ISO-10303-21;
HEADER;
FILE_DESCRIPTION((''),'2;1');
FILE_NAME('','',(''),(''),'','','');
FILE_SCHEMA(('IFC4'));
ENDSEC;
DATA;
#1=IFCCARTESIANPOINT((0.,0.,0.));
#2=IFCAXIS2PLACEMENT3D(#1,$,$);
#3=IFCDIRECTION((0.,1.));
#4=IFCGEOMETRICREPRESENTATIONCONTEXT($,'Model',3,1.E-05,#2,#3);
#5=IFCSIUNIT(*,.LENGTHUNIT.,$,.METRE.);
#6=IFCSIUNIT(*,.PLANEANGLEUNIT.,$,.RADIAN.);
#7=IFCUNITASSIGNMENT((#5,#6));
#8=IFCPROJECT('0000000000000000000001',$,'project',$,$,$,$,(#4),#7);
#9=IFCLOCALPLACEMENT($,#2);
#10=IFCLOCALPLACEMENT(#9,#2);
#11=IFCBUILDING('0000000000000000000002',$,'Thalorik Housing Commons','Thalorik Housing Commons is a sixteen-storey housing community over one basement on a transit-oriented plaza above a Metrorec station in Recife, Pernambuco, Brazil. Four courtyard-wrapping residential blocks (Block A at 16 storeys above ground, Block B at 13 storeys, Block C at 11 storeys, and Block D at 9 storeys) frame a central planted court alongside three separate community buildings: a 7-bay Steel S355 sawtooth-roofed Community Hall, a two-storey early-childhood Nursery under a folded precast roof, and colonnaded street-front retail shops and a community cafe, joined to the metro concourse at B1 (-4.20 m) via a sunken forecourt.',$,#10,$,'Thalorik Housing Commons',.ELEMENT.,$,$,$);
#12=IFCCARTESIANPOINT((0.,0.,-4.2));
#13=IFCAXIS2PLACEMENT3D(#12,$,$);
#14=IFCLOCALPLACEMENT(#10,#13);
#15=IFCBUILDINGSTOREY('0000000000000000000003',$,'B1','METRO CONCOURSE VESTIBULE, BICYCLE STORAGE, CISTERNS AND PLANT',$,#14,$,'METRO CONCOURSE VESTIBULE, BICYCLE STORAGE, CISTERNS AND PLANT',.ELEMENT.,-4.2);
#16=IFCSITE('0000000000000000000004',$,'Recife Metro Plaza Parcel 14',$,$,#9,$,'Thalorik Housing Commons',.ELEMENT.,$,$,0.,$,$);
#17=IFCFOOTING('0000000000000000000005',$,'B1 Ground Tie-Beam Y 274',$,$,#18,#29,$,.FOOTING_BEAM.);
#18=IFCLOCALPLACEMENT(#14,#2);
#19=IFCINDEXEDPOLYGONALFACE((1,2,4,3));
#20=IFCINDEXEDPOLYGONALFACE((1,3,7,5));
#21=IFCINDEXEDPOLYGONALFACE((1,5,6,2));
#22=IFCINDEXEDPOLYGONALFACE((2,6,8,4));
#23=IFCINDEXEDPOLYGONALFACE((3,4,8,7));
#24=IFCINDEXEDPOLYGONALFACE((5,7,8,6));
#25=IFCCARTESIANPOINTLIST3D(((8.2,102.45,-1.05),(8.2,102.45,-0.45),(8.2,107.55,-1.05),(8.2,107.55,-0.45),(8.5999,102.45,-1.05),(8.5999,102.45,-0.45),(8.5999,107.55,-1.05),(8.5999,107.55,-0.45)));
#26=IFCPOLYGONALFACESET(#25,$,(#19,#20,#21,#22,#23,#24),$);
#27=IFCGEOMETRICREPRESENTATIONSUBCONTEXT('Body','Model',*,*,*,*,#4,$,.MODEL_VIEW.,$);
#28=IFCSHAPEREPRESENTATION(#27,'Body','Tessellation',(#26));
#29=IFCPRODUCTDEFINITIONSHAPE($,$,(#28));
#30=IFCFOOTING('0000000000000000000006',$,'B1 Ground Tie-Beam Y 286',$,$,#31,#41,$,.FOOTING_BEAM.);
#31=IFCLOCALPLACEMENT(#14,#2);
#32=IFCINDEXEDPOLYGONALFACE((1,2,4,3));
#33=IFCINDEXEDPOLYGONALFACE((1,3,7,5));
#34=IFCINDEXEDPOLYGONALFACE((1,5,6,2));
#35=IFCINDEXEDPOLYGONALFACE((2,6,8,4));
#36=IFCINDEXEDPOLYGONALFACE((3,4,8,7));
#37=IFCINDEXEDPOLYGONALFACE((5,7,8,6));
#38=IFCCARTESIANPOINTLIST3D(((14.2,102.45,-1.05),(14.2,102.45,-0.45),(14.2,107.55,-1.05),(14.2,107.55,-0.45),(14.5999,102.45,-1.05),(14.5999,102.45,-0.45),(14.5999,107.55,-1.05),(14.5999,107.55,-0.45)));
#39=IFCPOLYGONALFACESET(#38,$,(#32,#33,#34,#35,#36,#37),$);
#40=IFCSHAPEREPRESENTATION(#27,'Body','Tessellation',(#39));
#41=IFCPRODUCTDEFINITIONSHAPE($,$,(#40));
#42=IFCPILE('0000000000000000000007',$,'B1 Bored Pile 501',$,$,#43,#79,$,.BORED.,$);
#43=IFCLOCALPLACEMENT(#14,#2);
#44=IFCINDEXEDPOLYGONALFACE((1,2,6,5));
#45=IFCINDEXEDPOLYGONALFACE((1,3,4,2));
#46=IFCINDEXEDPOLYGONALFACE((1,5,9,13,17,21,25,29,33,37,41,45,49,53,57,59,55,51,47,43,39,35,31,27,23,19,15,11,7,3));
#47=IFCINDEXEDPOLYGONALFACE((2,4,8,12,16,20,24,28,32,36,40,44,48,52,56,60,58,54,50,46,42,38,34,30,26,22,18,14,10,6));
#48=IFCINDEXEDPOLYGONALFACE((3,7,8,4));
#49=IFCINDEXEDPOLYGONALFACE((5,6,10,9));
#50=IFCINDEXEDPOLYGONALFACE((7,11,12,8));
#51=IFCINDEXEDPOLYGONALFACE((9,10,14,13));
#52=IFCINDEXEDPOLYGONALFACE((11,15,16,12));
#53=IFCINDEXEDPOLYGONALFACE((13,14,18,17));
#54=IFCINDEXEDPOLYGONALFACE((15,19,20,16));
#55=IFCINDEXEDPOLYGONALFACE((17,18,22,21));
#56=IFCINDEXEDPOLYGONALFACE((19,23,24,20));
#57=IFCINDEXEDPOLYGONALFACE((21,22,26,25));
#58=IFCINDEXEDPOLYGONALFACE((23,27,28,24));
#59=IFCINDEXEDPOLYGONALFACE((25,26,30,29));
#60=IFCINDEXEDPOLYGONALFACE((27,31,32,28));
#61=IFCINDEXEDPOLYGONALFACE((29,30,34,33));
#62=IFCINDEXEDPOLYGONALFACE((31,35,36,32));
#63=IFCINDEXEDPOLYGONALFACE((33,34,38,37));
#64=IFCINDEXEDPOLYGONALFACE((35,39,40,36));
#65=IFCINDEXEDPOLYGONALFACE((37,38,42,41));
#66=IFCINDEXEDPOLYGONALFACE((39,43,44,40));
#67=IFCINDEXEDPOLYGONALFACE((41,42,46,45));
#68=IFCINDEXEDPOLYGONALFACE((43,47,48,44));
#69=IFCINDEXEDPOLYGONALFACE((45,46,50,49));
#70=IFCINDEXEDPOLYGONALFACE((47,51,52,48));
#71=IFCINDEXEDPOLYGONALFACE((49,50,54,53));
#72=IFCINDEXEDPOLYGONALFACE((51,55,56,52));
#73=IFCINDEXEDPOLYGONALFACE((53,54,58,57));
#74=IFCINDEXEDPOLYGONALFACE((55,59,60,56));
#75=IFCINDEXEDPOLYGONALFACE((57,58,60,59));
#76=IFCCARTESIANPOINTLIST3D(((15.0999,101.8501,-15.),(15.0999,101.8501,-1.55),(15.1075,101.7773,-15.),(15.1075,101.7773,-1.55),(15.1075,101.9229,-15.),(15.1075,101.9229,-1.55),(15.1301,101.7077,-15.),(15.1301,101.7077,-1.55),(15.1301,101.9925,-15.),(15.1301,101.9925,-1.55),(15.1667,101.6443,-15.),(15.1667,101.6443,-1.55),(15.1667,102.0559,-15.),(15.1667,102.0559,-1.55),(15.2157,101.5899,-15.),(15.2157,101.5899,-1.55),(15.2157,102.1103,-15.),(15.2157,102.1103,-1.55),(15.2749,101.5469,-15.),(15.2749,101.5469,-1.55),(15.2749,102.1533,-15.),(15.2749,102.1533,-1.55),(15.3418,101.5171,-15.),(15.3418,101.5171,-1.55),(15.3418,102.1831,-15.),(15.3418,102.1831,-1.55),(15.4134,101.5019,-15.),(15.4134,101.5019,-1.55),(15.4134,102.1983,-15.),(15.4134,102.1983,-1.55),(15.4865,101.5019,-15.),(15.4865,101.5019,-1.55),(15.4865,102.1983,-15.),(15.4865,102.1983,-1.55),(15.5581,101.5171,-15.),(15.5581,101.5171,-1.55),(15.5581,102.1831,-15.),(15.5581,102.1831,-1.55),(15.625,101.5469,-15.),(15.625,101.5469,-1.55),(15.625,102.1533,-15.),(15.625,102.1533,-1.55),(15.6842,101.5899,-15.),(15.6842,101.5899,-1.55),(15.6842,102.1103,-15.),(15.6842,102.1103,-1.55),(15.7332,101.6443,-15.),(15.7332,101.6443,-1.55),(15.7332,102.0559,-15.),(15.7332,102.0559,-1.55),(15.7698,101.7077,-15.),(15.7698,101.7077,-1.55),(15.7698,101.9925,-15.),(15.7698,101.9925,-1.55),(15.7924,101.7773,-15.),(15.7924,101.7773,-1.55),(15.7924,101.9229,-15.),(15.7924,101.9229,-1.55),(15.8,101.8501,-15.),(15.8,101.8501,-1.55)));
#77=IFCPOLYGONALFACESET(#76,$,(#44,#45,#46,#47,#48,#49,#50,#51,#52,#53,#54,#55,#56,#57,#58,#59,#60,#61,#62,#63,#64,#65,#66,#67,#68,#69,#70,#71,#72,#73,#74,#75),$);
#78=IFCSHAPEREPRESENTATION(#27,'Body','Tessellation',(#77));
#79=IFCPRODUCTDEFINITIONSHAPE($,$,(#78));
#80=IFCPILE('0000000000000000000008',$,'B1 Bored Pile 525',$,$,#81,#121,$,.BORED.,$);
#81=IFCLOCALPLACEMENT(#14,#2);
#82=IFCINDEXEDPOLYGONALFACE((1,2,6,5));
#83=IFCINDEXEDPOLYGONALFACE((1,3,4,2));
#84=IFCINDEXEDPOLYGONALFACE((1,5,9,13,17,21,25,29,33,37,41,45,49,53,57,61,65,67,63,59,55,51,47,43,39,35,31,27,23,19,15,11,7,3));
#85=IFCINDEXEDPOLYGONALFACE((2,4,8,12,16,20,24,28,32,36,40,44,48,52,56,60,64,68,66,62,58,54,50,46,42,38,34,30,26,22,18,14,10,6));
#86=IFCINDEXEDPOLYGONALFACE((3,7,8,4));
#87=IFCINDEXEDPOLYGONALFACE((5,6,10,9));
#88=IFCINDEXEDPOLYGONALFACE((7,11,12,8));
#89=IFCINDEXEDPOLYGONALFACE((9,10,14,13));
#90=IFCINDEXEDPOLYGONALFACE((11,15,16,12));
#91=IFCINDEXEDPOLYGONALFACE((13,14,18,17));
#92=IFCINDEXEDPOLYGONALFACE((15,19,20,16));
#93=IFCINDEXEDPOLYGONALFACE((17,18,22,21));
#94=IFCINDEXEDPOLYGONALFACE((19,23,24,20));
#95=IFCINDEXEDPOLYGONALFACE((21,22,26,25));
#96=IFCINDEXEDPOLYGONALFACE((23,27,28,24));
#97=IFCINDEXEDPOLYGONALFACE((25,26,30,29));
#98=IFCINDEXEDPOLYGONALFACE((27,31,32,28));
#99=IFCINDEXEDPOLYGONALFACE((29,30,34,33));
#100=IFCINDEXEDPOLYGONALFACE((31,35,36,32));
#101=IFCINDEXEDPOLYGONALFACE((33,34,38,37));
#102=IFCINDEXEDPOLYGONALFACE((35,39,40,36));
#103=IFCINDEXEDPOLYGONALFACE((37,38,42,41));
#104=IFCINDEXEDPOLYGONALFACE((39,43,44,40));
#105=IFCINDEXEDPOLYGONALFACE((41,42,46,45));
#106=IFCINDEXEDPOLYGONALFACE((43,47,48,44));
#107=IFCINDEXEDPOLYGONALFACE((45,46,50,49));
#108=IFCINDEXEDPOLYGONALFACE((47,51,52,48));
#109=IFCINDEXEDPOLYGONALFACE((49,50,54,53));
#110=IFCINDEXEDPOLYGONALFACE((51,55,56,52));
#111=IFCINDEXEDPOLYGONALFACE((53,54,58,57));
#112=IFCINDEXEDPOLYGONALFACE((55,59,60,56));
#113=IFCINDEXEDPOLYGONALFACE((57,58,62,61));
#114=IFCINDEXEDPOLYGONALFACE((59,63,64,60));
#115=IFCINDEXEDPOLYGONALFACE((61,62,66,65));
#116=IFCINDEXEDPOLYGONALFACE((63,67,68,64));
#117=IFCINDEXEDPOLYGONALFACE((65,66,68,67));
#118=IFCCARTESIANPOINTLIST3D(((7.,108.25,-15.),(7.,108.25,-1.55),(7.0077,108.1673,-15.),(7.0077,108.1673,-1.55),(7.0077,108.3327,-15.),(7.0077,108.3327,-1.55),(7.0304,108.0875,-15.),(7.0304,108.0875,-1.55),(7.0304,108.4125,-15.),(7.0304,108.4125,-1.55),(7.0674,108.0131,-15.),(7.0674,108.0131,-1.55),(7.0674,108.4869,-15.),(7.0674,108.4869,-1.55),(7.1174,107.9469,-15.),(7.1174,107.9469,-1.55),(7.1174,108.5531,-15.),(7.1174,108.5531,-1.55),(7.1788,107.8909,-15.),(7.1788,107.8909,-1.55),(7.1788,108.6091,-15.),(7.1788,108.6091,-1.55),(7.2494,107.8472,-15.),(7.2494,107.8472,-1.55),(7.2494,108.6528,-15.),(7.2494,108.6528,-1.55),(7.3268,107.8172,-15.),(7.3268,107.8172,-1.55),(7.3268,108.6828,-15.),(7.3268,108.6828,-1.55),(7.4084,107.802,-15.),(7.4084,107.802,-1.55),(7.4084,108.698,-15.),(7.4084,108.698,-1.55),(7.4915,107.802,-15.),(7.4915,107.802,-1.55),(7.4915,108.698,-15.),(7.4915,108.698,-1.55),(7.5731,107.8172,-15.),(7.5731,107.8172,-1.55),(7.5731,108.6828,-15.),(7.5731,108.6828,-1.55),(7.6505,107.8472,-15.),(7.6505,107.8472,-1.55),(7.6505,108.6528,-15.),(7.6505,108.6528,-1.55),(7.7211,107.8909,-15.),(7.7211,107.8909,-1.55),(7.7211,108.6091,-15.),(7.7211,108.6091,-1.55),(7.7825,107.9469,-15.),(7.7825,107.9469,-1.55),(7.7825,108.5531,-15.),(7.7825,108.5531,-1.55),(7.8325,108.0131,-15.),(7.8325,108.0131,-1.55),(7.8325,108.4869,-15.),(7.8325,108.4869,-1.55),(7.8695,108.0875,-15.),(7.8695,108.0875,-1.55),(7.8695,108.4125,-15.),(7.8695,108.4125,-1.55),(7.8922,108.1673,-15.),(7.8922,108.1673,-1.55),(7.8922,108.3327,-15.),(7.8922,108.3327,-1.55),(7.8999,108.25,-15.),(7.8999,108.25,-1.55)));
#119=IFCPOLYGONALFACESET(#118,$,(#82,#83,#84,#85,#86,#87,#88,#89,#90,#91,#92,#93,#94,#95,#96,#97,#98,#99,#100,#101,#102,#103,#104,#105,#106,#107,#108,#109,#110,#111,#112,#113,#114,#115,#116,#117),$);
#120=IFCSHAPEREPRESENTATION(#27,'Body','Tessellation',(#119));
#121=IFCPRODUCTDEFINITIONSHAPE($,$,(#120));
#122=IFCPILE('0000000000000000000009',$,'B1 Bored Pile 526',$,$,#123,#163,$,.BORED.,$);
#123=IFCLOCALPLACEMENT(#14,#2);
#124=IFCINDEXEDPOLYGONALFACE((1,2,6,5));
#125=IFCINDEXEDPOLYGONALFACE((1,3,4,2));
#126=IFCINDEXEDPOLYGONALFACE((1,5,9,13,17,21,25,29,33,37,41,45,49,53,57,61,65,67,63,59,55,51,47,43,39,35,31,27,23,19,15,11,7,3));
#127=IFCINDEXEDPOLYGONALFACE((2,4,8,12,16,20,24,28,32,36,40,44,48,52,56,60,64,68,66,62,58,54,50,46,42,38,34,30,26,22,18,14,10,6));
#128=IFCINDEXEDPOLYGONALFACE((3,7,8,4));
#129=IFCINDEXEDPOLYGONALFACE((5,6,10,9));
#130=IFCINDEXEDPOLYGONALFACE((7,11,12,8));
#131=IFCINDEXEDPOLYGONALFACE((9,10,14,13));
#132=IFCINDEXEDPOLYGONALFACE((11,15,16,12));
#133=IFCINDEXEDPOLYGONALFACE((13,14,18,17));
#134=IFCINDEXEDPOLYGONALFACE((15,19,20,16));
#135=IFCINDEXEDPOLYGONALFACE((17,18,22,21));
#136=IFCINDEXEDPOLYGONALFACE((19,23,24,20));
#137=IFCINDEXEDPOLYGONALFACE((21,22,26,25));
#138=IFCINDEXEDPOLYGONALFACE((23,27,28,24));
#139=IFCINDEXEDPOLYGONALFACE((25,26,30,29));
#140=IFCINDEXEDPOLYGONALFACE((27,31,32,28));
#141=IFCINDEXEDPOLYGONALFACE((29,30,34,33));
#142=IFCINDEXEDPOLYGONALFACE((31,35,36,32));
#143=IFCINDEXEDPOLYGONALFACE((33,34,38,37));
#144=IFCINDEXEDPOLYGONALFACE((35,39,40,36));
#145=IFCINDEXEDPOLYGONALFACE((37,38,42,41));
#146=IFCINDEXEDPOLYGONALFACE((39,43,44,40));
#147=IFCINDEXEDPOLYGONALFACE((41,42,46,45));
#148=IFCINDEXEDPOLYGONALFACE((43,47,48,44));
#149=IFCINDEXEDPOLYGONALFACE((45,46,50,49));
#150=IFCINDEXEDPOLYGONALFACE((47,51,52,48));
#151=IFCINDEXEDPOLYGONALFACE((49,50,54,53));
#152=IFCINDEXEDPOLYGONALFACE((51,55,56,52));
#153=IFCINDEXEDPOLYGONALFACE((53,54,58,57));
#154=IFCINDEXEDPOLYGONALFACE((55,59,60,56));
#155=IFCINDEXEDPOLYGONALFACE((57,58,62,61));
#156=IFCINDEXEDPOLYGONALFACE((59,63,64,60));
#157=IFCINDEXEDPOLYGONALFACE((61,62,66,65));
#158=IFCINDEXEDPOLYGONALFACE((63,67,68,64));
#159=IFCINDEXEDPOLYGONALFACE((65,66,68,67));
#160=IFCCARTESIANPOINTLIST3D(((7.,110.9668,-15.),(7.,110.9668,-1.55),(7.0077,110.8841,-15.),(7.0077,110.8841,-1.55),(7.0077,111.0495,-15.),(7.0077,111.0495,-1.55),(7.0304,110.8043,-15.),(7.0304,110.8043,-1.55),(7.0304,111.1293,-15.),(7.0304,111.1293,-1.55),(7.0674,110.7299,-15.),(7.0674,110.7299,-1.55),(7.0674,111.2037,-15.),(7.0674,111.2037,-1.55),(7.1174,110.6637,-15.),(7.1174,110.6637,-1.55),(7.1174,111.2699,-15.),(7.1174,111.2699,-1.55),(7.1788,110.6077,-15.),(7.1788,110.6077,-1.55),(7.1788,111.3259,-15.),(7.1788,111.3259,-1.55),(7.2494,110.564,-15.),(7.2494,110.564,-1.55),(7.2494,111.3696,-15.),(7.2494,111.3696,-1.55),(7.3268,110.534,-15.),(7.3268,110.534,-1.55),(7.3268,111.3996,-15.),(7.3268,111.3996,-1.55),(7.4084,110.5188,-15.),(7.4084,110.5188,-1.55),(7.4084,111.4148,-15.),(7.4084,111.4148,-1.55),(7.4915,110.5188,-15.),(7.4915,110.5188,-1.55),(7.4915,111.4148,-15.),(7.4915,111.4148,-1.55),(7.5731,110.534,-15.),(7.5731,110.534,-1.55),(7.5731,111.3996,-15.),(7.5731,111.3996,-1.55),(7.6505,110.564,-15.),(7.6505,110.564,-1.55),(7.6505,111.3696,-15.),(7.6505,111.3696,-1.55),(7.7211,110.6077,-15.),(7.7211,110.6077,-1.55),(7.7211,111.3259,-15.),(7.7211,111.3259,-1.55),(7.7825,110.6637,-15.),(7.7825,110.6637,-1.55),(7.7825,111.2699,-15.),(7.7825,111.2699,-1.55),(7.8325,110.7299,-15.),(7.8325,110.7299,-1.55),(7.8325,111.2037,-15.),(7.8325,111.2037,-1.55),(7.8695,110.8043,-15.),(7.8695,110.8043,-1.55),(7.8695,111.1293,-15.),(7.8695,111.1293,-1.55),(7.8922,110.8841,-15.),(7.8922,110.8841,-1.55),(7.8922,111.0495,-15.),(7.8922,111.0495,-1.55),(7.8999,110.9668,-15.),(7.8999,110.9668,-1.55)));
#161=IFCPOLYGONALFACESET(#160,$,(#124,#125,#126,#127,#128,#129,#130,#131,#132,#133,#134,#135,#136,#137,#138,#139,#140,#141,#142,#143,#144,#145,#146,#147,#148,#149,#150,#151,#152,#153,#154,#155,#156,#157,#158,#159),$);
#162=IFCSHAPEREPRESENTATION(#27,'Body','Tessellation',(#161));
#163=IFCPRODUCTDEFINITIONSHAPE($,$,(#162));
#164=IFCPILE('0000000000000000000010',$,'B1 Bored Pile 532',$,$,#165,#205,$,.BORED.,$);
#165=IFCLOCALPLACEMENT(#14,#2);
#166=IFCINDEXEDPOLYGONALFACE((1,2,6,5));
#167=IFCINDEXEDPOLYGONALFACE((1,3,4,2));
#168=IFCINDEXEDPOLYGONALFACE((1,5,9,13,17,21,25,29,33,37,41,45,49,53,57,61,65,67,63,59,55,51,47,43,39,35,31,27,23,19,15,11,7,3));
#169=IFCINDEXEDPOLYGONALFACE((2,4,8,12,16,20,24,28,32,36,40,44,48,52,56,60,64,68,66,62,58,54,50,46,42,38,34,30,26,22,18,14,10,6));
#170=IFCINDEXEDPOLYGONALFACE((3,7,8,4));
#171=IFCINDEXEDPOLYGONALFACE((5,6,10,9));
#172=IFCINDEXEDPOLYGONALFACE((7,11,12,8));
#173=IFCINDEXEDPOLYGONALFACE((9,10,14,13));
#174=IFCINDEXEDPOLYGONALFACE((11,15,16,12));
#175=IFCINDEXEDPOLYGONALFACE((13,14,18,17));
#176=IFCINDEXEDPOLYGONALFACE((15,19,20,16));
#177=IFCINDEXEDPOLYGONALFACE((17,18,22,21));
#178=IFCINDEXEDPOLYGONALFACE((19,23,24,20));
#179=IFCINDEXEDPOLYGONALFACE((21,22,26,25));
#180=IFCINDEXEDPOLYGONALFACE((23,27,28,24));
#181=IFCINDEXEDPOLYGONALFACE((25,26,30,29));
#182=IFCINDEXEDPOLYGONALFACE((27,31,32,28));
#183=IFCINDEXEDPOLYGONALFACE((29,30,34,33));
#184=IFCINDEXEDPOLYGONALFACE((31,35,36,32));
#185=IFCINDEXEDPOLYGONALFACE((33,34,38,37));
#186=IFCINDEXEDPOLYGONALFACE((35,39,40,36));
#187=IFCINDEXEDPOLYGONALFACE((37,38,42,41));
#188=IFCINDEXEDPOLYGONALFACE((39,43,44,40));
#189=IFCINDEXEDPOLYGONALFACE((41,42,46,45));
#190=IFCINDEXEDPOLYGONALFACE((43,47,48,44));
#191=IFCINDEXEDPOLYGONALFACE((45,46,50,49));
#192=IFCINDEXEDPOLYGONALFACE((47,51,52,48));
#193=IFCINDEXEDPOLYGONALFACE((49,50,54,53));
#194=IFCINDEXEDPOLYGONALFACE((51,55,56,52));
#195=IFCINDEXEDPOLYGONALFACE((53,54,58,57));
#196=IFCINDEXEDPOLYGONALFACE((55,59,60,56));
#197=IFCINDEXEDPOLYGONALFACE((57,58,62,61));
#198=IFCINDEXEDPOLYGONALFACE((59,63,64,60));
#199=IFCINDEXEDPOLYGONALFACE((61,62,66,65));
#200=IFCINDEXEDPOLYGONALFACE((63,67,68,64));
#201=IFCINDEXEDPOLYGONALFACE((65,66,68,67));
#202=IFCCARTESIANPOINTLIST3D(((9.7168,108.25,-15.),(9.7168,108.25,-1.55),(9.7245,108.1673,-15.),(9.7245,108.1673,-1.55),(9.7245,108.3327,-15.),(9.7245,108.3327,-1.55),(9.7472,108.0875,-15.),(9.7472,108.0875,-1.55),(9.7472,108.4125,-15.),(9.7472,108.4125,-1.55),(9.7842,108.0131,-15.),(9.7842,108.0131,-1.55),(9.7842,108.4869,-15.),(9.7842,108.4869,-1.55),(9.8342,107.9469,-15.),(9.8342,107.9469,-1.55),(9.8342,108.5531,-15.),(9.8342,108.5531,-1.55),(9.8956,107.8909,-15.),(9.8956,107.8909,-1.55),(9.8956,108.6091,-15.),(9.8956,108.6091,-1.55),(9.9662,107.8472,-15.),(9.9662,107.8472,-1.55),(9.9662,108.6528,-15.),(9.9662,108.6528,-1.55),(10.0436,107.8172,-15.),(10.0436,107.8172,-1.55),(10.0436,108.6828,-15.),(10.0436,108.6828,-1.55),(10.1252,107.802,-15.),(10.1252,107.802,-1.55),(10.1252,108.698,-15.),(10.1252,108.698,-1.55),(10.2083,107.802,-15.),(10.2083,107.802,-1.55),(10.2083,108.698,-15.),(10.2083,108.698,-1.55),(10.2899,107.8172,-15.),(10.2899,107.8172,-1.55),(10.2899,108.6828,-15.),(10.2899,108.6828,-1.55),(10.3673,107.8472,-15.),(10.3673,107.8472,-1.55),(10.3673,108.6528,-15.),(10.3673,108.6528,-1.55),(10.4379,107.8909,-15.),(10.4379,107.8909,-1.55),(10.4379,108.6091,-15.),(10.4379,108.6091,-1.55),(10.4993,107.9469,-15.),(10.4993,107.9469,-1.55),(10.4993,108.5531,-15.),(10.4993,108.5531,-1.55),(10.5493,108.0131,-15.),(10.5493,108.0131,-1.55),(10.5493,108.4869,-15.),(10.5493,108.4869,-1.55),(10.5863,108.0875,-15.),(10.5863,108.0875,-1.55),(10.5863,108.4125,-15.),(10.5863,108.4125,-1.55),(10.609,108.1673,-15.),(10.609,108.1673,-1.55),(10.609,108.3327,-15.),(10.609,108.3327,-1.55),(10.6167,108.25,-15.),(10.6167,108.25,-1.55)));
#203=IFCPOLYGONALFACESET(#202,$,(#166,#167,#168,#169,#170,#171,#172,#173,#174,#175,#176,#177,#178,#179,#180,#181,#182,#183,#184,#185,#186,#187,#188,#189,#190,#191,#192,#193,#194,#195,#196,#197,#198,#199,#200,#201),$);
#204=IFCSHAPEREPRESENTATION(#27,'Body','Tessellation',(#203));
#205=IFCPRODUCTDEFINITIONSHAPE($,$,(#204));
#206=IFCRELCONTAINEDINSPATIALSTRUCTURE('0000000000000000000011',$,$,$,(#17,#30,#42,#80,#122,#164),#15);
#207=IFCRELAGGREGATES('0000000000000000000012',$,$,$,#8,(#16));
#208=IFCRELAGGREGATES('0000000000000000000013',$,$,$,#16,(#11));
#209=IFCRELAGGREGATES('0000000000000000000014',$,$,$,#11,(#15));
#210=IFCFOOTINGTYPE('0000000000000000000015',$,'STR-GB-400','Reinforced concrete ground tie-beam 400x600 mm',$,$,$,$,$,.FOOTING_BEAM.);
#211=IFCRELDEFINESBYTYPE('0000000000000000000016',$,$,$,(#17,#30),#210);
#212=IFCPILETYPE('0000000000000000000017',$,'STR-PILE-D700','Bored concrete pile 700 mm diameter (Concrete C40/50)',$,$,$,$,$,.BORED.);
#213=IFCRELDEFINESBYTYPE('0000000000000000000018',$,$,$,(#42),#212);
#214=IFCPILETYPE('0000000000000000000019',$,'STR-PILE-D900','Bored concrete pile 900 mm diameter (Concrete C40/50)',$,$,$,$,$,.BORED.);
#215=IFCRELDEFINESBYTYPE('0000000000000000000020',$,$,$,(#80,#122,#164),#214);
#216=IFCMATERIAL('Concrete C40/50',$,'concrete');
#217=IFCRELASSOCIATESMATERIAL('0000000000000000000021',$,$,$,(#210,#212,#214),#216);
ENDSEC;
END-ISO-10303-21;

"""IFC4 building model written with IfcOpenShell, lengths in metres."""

from ifc_helpers import new_model, si_unit, direction, frame, origin, origin_2d, place, context, subcontext, project, spatial, rectangle, circle, extrude, material, material_profile, profile_set, type_object, element, save


model = new_model("IFC4")

# Units and contexts
model_context = context("Model", 3, precision=1e-05, world=origin(), true_north=direction((0.0, 1.0)))
body_context = subcontext(model_context, "Body", "Model", "MODEL_VIEW")
ifc_project = project(units=[si_unit("LENGTHUNIT", "METRE"), si_unit("PLANEANGLEUNIT", "RADIAN")], contexts=[model_context])

# Site, building, storey
site_placement = place(None, origin())
site = spatial("IfcSite", under=ifc_project, at=site_placement, Name="Recife Metro Plaza Parcel 14", LongName="Thalorik Housing Commons", CompositionType="ELEMENT", RefElevation=0.0)
building_placement = place(site_placement, origin())
building = spatial("IfcBuilding", under=site, at=building_placement, Name="Thalorik Housing Commons", Description="Thalorik Housing Commons is a sixteen-storey housing community over one basement on a transit-oriented plaza above a Metrorec station in Recife, Pernambuco, Brazil. Four courtyard-wrapping residential blocks (Block A at 16 storeys above ground, Block B at 13 storeys, Block C at 11 storeys, and Block D at 9 storeys) frame a central planted court alongside three separate community buildings: a 7-bay Steel S355 sawtooth-roofed Community Hall, a two-storey early-childhood Nursery under a folded precast roof, and colonnaded street-front retail shops and a community cafe, joined to the metro concourse at B1 (-4.20 m) via a sunken forecourt.", LongName="Thalorik Housing Commons", CompositionType="ELEMENT")
storey_placement = place(building_placement, frame((0.0, 0.0, -4.2)))
storey = spatial("IfcBuildingStorey", under=building, at=storey_placement, Name="B1", Description="METRO CONCOURSE VESTIBULE, BICYCLE STORAGE, CISTERNS AND PLANT", LongName="METRO CONCOURSE VESTIBULE, BICYCLE STORAGE, CISTERNS AND PLANT", CompositionType="ELEMENT", Elevation=-4.2)

# Footings
ifc_material_1 = material(Name="Concrete C40/50", Category="concrete")
ifc_material_profile_1 = material_profile(ifc_material_1, rectangle(XDim=0.3999, YDim=0.6001, at=origin_2d()), Name="RC 400x600", Category="concrete")
ifc_profile_set_1 = profile_set([ifc_material_profile_1], Name="Concrete C40/50")
footing_type = type_object("IfcFootingType", Name="STR-GB-400", Description="Reinforced concrete ground tie-beam 400x600 mm", PredefinedType="FOOTING_BEAM", material=ifc_profile_set_1)
for number, where, z_axis, x_axis, name in (
    (1, (8.3999, 102.45, -0.75), (0.0, 1.0, 0.0), (-1.0, 0.0, 0.0), "B1 Ground Tie-Beam Y 274"),
    (2, (14.3999, 102.45, -0.75), (0.0, 1.0, 0.0), (-1.0, 0.0, 0.0), "B1 Ground Tie-Beam Y 286"),
):
    element("IfcFooting", number, at=place(storey_placement, frame(where, z_axis=z_axis, x_axis=x_axis)), inside=storey, type_object=footing_type, Name=name, PredefinedType="FOOTING_BEAM", context=body_context, shape_type="SweptSolid", body=[
        extrude(rectangle(XDim=0.3999, YDim=0.6001, at=origin_2d()), origin(), (0.0, 0.0, 1.0), 5.1001),
    ])

# Piles
ifc_material_profile_2 = material_profile(ifc_material_1, circle(Radius=0.3501, at=origin_2d()), Name="BORED PILE D700", Category="concrete")
ifc_profile_set_2 = profile_set([ifc_material_profile_2], Name="Concrete C40/50")
pile_type_1 = type_object("IfcPileType", Name="STR-PILE-D700", Description="Bored concrete pile 700 mm diameter (Concrete C40/50)", PredefinedType="BORED", material=ifc_profile_set_2)
pile_placement = place(storey_placement, frame((15.45, 101.8501, -1.55), z_axis=(0.0, 0.0, -1.0), x_axis=(1.0, 0.0, 0.0)))
element("IfcPile", 3, at=pile_placement, inside=storey, type_object=pile_type_1, Name="B1 Bored Pile 501", PredefinedType="BORED", context=body_context, shape_type="SweptSolid", body=[
    extrude(circle(Radius=0.3501, at=origin_2d()), origin(), (0.0, 0.0, 1.0), 13.45),
])
ifc_material_profile_3 = material_profile(ifc_material_1, circle(Radius=0.45, at=origin_2d()), Name="BORED PILE D900", Category="concrete")
ifc_profile_set_3 = profile_set([ifc_material_profile_3], Name="Concrete C40/50")
pile_type_2 = type_object("IfcPileType", Name="STR-PILE-D900", Description="Bored concrete pile 900 mm diameter (Concrete C40/50)", PredefinedType="BORED", material=ifc_profile_set_3)
for number, where, z_axis, x_axis, name in (
    (4, (7.45, 108.25, -1.55), (0.0, 0.0, -1.0), (1.0, 0.0, 0.0), "B1 Bored Pile 525"),
    (5, (7.45, 110.9668, -1.55), (0.0, 0.0, -1.0), (1.0, 0.0, 0.0), "B1 Bored Pile 526"),
    (6, (10.1667, 108.25, -1.55), (0.0, 0.0, -1.0), (1.0, 0.0, 0.0), "B1 Bored Pile 532"),
):
    element("IfcPile", number, at=place(storey_placement, frame(where, z_axis=z_axis, x_axis=x_axis)), inside=storey, type_object=pile_type_2, Name=name, PredefinedType="BORED", context=body_context, shape_type="SweptSolid", body=[
        extrude(circle(Radius=0.45, at=origin_2d()), origin(), (0.0, 0.0, 1.0), 13.45),
    ])

save(model, "model.ifc")
